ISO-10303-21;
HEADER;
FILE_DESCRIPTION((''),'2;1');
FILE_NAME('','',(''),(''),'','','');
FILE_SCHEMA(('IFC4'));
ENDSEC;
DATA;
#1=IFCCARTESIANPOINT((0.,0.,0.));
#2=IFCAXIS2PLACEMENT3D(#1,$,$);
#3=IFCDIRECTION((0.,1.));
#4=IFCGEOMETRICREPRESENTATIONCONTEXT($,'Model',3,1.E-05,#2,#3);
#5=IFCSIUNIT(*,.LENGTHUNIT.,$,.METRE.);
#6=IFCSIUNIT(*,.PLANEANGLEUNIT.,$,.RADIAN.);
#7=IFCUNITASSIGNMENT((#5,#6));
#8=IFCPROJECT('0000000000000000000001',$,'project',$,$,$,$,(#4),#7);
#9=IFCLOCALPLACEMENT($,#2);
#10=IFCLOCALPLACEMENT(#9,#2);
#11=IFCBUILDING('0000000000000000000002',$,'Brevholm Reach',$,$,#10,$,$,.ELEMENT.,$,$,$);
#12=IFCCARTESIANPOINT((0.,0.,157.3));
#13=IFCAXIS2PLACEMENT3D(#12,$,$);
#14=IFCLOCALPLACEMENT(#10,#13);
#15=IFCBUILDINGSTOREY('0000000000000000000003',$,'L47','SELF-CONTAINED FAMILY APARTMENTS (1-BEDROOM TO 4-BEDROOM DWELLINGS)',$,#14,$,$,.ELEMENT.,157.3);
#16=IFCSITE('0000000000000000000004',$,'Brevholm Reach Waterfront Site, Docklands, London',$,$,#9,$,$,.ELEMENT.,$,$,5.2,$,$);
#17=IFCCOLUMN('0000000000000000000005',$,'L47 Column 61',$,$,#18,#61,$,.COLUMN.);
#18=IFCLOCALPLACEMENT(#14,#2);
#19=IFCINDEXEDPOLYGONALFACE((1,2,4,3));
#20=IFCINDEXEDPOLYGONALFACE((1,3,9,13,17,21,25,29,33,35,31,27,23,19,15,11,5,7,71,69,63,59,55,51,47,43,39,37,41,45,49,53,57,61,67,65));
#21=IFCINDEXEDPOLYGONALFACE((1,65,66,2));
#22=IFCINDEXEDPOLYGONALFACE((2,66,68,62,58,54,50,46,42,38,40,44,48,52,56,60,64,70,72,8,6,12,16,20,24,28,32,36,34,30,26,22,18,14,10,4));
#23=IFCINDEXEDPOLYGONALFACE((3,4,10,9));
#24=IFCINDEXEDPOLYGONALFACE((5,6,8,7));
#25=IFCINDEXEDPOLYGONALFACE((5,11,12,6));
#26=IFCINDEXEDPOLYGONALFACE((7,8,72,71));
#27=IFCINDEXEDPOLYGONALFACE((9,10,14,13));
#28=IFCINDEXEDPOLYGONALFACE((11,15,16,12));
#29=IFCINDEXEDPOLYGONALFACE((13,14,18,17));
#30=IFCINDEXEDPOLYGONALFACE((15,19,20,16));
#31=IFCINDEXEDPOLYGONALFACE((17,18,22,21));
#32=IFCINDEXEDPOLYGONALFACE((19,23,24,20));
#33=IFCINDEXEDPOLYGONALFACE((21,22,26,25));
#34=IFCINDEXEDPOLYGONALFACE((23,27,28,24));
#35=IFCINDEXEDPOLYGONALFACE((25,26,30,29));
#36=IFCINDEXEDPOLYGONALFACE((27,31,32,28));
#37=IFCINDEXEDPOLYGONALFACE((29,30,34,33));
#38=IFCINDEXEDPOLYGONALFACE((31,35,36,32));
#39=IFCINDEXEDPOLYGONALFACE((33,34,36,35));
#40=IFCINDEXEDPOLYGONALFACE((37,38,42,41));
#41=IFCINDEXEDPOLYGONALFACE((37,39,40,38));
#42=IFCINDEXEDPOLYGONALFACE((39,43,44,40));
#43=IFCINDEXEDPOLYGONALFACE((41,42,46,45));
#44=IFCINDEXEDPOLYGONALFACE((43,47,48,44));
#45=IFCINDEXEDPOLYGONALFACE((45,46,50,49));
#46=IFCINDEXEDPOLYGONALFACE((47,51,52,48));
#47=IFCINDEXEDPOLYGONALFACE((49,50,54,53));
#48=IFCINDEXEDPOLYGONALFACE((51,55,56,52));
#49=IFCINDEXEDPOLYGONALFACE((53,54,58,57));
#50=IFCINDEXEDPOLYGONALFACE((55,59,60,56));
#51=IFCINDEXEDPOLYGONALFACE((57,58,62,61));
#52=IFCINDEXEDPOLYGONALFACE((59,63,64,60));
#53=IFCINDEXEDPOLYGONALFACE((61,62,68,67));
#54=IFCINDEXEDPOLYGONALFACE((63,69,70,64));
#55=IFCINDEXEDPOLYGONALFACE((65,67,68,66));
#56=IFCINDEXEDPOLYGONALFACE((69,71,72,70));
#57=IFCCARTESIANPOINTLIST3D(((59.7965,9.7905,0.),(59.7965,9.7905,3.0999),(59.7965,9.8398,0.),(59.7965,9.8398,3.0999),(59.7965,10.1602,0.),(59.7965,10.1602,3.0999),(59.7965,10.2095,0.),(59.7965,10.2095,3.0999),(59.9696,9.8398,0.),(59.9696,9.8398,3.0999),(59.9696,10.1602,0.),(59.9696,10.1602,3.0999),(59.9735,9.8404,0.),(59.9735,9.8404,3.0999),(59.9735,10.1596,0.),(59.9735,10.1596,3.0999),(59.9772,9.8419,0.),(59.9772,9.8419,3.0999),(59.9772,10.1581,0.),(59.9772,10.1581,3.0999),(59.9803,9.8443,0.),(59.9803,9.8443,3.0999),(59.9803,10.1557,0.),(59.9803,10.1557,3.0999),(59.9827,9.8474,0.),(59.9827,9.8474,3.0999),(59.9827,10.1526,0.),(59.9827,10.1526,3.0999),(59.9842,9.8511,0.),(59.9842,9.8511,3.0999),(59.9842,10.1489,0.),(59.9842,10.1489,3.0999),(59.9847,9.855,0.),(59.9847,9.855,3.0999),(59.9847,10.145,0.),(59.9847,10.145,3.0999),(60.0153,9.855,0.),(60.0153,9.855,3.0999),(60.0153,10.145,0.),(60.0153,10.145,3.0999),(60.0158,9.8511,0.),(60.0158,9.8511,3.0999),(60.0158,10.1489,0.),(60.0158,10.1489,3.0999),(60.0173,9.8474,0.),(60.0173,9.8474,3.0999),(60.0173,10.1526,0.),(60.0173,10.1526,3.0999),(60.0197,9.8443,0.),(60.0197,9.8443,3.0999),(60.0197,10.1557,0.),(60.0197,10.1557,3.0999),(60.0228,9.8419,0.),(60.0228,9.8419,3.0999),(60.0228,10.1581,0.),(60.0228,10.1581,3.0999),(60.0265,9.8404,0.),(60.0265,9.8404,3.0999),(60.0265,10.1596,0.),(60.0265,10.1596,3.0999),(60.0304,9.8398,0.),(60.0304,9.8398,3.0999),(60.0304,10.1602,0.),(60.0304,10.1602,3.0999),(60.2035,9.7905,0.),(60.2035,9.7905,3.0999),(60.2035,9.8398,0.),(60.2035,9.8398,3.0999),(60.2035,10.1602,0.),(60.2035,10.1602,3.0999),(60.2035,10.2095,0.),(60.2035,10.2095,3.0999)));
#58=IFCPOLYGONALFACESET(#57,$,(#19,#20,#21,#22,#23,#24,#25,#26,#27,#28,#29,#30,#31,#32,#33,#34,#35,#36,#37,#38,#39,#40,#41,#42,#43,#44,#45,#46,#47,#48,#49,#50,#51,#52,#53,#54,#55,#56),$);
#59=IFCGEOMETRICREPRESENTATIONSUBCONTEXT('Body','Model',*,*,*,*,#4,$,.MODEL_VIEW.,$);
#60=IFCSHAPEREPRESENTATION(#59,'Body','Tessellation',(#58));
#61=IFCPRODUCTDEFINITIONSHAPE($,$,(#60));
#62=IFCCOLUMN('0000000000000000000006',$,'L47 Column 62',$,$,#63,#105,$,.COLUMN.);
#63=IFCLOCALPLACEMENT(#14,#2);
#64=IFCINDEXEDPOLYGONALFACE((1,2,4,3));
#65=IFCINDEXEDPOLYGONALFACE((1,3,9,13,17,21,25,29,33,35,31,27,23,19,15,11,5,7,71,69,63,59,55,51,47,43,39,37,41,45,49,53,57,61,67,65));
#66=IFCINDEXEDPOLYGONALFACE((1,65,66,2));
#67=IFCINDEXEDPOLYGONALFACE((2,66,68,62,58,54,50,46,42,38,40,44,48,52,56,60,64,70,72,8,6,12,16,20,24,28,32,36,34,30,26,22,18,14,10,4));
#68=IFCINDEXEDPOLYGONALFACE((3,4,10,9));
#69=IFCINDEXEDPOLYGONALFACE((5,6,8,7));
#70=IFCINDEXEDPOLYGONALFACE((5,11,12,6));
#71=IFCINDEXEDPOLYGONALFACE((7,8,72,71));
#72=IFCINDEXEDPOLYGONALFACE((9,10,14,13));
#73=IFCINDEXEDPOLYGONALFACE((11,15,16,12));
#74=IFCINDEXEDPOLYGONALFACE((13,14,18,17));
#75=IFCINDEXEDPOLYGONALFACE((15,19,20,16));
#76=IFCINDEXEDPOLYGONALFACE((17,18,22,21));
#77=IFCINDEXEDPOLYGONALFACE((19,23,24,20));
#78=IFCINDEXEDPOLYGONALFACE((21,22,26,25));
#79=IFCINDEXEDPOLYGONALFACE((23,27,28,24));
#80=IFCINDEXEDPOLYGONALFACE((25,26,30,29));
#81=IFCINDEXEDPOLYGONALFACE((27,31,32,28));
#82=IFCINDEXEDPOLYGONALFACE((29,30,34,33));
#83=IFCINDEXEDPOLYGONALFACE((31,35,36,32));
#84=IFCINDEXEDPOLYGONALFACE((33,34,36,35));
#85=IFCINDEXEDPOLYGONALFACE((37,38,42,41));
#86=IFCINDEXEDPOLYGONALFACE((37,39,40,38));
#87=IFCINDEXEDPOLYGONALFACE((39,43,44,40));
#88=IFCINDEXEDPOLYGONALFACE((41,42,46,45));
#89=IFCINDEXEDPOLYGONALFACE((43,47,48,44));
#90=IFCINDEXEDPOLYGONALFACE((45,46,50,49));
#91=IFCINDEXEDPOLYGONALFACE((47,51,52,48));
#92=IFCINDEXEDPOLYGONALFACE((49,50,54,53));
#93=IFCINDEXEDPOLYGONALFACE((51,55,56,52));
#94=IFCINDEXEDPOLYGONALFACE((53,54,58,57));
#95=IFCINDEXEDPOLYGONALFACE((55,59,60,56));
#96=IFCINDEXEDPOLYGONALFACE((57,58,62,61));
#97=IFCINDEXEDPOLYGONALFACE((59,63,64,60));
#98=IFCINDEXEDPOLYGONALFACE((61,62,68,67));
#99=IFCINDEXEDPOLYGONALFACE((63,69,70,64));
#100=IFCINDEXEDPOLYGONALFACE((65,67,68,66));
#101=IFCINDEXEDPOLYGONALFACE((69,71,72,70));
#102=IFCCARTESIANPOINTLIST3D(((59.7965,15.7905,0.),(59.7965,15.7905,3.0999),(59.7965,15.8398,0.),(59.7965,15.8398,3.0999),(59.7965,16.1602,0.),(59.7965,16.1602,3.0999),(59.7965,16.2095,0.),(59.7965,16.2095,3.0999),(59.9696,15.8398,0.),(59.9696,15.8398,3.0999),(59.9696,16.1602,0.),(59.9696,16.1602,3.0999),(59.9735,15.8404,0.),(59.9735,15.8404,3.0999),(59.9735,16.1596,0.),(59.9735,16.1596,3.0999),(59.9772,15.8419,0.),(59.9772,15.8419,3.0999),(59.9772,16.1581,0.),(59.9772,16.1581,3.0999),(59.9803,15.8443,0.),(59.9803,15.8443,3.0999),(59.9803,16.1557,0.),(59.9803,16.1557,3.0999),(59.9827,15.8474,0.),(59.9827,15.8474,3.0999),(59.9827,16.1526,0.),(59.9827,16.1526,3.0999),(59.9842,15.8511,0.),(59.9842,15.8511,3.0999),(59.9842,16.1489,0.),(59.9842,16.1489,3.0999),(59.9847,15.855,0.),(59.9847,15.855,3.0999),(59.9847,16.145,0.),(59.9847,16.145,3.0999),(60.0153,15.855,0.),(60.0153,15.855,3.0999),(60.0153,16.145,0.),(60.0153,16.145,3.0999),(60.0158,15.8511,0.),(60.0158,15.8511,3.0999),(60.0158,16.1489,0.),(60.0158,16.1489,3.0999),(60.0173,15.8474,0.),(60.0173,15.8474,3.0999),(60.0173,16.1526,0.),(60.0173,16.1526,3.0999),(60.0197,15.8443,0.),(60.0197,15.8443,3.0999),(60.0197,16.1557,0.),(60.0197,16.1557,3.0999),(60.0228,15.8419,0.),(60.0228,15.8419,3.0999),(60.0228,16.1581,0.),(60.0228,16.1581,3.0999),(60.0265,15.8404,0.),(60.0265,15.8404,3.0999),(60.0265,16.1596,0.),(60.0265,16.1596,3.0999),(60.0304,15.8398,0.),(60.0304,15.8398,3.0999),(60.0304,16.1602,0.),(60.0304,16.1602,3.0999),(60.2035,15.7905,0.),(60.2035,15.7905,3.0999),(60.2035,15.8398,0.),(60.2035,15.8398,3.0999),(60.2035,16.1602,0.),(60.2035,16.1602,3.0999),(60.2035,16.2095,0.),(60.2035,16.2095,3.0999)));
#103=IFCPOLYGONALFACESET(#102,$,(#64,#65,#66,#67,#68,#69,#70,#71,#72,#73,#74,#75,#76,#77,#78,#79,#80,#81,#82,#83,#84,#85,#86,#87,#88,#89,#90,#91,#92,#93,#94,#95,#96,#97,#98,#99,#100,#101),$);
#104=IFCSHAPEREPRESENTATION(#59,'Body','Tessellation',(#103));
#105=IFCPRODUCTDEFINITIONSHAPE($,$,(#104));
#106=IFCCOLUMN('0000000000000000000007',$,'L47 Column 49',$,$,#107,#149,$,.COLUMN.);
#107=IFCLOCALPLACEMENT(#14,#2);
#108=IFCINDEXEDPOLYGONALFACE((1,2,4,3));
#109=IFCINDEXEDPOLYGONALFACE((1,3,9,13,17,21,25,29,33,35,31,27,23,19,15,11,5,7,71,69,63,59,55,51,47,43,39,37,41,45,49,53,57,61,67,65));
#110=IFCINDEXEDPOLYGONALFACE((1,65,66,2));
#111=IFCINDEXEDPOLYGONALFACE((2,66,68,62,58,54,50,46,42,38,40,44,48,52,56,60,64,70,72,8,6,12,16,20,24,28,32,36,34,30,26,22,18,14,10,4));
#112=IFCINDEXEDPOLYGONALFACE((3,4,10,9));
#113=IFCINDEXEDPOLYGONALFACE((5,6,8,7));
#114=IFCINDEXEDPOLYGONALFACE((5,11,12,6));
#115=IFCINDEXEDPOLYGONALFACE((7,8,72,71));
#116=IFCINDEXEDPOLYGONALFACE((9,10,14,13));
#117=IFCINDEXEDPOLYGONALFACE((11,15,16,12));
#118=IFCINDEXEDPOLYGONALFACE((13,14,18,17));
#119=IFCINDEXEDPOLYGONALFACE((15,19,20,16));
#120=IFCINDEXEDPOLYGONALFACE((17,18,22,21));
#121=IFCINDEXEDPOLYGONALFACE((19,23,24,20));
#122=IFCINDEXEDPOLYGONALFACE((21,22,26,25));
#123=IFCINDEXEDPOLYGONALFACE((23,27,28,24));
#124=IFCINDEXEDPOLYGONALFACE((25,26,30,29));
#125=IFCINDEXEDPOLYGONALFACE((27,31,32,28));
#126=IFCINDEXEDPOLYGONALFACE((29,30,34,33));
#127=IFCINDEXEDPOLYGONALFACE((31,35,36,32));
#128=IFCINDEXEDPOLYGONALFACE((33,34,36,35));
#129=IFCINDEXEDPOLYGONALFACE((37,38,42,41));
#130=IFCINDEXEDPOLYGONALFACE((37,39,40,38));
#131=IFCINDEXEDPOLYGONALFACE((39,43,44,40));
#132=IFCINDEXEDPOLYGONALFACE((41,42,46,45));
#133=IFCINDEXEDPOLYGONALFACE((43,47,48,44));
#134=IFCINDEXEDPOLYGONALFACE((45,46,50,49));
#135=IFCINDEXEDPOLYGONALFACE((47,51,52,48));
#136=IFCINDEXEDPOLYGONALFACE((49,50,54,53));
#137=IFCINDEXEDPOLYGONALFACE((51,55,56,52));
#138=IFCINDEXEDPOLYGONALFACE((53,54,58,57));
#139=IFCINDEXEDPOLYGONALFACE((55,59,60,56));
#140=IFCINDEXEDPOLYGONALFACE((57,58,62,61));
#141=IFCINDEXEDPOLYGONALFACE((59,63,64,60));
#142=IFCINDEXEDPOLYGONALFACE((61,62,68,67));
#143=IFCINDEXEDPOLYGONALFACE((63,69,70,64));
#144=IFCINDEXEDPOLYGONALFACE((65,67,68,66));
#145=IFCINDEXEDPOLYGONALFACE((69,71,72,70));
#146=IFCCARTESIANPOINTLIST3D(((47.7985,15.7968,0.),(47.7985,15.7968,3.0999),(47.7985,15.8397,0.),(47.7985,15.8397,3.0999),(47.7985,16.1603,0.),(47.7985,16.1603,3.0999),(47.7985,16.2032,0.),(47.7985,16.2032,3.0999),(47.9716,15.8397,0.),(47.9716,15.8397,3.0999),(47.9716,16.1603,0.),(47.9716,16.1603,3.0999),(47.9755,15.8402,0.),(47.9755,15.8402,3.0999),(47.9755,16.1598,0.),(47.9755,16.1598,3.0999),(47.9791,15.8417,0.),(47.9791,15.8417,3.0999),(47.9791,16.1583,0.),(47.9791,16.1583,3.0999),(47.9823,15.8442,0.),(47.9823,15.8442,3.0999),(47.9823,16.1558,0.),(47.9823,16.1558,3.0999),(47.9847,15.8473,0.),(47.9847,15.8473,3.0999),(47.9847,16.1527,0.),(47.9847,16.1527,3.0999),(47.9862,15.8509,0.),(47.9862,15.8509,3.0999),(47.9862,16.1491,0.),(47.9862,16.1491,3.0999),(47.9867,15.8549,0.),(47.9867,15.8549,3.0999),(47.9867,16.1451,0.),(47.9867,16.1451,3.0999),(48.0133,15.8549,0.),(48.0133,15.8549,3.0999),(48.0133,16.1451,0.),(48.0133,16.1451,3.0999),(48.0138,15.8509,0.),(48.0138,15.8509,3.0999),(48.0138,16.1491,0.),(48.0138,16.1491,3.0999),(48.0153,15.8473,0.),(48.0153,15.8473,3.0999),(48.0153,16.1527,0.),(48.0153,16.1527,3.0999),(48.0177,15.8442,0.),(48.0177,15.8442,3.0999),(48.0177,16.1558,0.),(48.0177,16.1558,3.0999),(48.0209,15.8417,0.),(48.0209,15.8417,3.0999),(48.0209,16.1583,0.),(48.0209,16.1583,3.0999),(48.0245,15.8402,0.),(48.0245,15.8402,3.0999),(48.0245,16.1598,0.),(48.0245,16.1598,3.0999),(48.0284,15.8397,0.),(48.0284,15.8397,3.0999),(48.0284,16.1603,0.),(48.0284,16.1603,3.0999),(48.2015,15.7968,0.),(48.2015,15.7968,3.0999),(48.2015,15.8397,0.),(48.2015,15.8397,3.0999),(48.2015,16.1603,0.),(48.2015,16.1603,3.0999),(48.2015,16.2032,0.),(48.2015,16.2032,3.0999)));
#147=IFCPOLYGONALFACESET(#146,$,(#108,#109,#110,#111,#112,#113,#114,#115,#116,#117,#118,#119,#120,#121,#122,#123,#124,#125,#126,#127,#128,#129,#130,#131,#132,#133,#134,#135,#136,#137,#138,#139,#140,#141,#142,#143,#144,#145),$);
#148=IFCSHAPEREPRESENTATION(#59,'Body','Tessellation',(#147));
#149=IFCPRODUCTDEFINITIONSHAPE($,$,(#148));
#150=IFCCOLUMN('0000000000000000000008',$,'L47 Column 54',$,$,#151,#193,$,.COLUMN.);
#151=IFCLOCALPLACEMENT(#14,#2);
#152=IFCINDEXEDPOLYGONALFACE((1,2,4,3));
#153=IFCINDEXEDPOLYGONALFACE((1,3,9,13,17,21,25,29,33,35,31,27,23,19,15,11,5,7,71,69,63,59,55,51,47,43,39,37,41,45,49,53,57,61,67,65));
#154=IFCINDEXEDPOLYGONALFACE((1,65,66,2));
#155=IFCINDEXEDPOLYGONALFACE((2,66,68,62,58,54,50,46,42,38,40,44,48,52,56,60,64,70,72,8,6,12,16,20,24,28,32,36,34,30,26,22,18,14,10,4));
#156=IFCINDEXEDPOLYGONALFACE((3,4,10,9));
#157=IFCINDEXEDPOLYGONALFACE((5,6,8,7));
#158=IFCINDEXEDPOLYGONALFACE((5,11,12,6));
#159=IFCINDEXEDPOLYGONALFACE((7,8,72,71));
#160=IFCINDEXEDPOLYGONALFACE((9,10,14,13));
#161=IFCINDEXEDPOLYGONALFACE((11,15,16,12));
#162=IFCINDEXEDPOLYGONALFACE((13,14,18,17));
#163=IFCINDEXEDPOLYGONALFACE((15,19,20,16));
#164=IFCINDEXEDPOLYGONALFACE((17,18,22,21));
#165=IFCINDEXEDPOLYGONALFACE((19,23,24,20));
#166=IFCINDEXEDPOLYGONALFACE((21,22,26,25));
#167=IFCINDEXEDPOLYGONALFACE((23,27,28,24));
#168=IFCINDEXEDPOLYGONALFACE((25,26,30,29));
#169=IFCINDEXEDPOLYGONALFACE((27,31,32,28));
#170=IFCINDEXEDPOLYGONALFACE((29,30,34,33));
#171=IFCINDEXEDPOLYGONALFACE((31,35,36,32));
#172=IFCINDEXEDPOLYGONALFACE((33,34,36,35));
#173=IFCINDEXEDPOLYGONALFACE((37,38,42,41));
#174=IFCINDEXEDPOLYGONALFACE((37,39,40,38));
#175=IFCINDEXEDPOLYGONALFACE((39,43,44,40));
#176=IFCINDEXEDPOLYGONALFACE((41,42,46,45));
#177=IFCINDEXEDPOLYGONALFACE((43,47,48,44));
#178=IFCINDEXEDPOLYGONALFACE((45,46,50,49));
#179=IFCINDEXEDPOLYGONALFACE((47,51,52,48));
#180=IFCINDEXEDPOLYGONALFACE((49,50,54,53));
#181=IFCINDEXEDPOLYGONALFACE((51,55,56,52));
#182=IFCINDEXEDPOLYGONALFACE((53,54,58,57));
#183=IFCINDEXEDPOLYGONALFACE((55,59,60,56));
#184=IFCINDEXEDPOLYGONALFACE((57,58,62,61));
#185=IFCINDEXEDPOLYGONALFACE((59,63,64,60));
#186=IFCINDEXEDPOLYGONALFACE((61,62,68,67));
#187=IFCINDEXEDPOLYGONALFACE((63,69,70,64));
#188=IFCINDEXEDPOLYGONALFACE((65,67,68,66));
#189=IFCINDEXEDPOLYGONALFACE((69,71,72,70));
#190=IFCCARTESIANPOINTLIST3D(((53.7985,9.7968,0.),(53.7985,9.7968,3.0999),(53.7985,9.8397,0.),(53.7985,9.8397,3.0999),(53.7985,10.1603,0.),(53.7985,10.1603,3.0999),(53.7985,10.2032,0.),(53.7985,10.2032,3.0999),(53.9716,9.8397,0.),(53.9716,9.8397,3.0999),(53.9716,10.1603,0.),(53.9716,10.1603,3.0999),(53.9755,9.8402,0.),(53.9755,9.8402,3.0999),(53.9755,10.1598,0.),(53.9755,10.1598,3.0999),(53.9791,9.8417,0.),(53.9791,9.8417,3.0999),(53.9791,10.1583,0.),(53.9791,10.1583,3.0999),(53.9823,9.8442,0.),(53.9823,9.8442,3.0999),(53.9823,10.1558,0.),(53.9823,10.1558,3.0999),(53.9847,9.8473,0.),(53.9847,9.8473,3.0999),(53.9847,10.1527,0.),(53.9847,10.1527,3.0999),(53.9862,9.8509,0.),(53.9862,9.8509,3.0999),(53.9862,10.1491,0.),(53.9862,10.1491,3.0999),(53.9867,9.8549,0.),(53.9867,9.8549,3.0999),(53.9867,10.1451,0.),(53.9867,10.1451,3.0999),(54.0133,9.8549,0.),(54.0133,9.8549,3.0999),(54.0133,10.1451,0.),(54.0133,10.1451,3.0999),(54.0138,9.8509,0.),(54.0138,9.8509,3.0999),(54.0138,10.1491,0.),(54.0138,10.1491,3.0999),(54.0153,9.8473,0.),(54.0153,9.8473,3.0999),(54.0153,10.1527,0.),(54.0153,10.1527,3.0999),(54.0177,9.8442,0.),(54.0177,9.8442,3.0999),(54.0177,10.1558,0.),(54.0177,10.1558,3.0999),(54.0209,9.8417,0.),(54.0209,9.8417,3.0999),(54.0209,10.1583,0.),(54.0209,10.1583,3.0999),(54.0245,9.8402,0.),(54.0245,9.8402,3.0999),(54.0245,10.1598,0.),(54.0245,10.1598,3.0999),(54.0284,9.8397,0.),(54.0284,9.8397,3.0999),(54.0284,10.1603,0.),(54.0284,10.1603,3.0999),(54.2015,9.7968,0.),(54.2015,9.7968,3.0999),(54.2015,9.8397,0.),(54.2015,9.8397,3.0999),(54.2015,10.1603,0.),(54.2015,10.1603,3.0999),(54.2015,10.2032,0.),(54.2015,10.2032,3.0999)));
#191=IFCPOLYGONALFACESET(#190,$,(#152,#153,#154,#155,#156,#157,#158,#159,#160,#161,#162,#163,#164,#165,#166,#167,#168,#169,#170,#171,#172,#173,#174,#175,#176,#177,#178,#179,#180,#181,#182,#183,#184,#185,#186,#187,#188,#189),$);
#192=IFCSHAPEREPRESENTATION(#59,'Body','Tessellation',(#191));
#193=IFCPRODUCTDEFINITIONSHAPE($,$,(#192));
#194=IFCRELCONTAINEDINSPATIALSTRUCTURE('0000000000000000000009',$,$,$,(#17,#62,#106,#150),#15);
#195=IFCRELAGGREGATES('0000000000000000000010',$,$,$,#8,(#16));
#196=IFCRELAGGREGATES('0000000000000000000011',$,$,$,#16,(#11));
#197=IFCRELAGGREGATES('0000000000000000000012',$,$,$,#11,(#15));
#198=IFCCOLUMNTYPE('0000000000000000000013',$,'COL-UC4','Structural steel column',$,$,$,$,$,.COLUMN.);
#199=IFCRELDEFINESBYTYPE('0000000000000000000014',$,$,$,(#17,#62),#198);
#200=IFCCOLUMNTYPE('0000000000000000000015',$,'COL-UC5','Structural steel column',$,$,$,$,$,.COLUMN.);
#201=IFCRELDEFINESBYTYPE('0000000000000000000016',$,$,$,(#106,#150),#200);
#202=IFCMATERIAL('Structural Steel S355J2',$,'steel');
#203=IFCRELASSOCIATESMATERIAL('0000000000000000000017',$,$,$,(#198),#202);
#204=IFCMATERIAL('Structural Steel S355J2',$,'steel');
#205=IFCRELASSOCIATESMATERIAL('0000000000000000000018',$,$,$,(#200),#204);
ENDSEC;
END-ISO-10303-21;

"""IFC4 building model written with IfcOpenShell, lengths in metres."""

from ifc_helpers import new_model, si_unit, direction, frame, origin, origin_2d, place, context, subcontext, project, spatial, i_section, extrude, material, material_profile, profile_set, type_object, element, save


model = new_model("IFC4")

# Units and contexts
model_context = context("Model", 3, precision=1e-05, world=origin(), true_north=direction((0.0, 1.0)))
body_context = subcontext(model_context, "Body", "Model", "MODEL_VIEW")
ifc_project = project(units=[si_unit("LENGTHUNIT", "METRE"), si_unit("PLANEANGLEUNIT", "RADIAN")], contexts=[model_context])

# Site, building, storey
site_placement = place(None, origin())
site = spatial("IfcSite", under=ifc_project, at=site_placement, Name="Brevholm Reach Waterfront Site, Docklands, London", CompositionType="ELEMENT", RefElevation=5.2)
building_placement = place(site_placement, origin())
building = spatial("IfcBuilding", under=site, at=building_placement, Name="Brevholm Reach", CompositionType="ELEMENT")
storey_placement = place(building_placement, frame((0.0, 0.0, 157.3)))
storey = spatial("IfcBuildingStorey", under=building, at=storey_placement, Name="L47", Description="SELF-CONTAINED FAMILY APARTMENTS (1-BEDROOM TO 4-BEDROOM DWELLINGS)", CompositionType="ELEMENT", Elevation=157.3)

# Columns
ifc_material_1 = material(Name="Structural Steel S355J2", Category="steel")
ifc_material_profile_1 = material_profile(ifc_material_1, i_section(OverallWidth=0.407, OverallDepth=0.4189, WebThickness=0.0305, FlangeThickness=0.0493, FilletRadius=0.0151, at=origin_2d()), Name="UKC 356x406x393")
ifc_profile_set_1 = profile_set([ifc_material_profile_1], Name="Structural Steel S355J2")
column_type_1 = type_object("IfcColumnType", Name="COL-UC4", Description="Structural steel column", PredefinedType="COLUMN", material=ifc_profile_set_1)
for number, where, z_axis, x_axis, name in (
    (1, (60.0, 10.0, 0.0), (0.0, 0.0, 1.0), (1.0, 0.0, 0.0), "L47 Column 61"),
    (2, (60.0, 16.0, 0.0), (0.0, 0.0, 1.0), (1.0, 0.0, 0.0), "L47 Column 62"),
):
    element("IfcColumn", number, at=place(storey_placement, frame(where, z_axis=z_axis, x_axis=x_axis)), inside=storey, type_object=column_type_1, Name=name, PredefinedType="COLUMN", context=body_context, shape_type="SweptSolid", body=[
        extrude(i_section(OverallWidth=0.407, OverallDepth=0.4189, WebThickness=0.0305, FlangeThickness=0.0493, FilletRadius=0.0151, at=origin_2d()), origin(), (0.0, 0.0, 1.0), 3.0999),
    ])
ifc_material_2 = material(Name="Structural Steel S355J2", Category="steel")
ifc_material_profile_2 = material_profile(ifc_material_2, i_section(OverallWidth=0.4031, OverallDepth=0.4065, WebThickness=0.0266, FlangeThickness=0.043, FilletRadius=0.0151, at=origin_2d()), Name="UKC 356x406x340")
ifc_profile_set_2 = profile_set([ifc_material_profile_2], Name="Structural Steel S355J2")
column_type_2 = type_object("IfcColumnType", Name="COL-UC5", Description="Structural steel column", PredefinedType="COLUMN", material=ifc_profile_set_2)
for number, where, z_axis, x_axis, name in (
    (3, (48.0, 16.0, 0.0), (0.0, 0.0, 1.0), (1.0, 0.0, 0.0), "L47 Column 49"),
    (4, (54.0, 10.0, 0.0), (0.0, 0.0, 1.0), (1.0, 0.0, 0.0), "L47 Column 54"),
):
    element("IfcColumn", number, at=place(storey_placement, frame(where, z_axis=z_axis, x_axis=x_axis)), inside=storey, type_object=column_type_2, Name=name, PredefinedType="COLUMN", context=body_context, shape_type="SweptSolid", body=[
        extrude(i_section(OverallWidth=0.4031, OverallDepth=0.4065, WebThickness=0.0266, FlangeThickness=0.043, FilletRadius=0.0151, at=origin_2d()), origin(), (0.0, 0.0, 1.0), 3.0999),
    ])

save(model, "model.ifc")
